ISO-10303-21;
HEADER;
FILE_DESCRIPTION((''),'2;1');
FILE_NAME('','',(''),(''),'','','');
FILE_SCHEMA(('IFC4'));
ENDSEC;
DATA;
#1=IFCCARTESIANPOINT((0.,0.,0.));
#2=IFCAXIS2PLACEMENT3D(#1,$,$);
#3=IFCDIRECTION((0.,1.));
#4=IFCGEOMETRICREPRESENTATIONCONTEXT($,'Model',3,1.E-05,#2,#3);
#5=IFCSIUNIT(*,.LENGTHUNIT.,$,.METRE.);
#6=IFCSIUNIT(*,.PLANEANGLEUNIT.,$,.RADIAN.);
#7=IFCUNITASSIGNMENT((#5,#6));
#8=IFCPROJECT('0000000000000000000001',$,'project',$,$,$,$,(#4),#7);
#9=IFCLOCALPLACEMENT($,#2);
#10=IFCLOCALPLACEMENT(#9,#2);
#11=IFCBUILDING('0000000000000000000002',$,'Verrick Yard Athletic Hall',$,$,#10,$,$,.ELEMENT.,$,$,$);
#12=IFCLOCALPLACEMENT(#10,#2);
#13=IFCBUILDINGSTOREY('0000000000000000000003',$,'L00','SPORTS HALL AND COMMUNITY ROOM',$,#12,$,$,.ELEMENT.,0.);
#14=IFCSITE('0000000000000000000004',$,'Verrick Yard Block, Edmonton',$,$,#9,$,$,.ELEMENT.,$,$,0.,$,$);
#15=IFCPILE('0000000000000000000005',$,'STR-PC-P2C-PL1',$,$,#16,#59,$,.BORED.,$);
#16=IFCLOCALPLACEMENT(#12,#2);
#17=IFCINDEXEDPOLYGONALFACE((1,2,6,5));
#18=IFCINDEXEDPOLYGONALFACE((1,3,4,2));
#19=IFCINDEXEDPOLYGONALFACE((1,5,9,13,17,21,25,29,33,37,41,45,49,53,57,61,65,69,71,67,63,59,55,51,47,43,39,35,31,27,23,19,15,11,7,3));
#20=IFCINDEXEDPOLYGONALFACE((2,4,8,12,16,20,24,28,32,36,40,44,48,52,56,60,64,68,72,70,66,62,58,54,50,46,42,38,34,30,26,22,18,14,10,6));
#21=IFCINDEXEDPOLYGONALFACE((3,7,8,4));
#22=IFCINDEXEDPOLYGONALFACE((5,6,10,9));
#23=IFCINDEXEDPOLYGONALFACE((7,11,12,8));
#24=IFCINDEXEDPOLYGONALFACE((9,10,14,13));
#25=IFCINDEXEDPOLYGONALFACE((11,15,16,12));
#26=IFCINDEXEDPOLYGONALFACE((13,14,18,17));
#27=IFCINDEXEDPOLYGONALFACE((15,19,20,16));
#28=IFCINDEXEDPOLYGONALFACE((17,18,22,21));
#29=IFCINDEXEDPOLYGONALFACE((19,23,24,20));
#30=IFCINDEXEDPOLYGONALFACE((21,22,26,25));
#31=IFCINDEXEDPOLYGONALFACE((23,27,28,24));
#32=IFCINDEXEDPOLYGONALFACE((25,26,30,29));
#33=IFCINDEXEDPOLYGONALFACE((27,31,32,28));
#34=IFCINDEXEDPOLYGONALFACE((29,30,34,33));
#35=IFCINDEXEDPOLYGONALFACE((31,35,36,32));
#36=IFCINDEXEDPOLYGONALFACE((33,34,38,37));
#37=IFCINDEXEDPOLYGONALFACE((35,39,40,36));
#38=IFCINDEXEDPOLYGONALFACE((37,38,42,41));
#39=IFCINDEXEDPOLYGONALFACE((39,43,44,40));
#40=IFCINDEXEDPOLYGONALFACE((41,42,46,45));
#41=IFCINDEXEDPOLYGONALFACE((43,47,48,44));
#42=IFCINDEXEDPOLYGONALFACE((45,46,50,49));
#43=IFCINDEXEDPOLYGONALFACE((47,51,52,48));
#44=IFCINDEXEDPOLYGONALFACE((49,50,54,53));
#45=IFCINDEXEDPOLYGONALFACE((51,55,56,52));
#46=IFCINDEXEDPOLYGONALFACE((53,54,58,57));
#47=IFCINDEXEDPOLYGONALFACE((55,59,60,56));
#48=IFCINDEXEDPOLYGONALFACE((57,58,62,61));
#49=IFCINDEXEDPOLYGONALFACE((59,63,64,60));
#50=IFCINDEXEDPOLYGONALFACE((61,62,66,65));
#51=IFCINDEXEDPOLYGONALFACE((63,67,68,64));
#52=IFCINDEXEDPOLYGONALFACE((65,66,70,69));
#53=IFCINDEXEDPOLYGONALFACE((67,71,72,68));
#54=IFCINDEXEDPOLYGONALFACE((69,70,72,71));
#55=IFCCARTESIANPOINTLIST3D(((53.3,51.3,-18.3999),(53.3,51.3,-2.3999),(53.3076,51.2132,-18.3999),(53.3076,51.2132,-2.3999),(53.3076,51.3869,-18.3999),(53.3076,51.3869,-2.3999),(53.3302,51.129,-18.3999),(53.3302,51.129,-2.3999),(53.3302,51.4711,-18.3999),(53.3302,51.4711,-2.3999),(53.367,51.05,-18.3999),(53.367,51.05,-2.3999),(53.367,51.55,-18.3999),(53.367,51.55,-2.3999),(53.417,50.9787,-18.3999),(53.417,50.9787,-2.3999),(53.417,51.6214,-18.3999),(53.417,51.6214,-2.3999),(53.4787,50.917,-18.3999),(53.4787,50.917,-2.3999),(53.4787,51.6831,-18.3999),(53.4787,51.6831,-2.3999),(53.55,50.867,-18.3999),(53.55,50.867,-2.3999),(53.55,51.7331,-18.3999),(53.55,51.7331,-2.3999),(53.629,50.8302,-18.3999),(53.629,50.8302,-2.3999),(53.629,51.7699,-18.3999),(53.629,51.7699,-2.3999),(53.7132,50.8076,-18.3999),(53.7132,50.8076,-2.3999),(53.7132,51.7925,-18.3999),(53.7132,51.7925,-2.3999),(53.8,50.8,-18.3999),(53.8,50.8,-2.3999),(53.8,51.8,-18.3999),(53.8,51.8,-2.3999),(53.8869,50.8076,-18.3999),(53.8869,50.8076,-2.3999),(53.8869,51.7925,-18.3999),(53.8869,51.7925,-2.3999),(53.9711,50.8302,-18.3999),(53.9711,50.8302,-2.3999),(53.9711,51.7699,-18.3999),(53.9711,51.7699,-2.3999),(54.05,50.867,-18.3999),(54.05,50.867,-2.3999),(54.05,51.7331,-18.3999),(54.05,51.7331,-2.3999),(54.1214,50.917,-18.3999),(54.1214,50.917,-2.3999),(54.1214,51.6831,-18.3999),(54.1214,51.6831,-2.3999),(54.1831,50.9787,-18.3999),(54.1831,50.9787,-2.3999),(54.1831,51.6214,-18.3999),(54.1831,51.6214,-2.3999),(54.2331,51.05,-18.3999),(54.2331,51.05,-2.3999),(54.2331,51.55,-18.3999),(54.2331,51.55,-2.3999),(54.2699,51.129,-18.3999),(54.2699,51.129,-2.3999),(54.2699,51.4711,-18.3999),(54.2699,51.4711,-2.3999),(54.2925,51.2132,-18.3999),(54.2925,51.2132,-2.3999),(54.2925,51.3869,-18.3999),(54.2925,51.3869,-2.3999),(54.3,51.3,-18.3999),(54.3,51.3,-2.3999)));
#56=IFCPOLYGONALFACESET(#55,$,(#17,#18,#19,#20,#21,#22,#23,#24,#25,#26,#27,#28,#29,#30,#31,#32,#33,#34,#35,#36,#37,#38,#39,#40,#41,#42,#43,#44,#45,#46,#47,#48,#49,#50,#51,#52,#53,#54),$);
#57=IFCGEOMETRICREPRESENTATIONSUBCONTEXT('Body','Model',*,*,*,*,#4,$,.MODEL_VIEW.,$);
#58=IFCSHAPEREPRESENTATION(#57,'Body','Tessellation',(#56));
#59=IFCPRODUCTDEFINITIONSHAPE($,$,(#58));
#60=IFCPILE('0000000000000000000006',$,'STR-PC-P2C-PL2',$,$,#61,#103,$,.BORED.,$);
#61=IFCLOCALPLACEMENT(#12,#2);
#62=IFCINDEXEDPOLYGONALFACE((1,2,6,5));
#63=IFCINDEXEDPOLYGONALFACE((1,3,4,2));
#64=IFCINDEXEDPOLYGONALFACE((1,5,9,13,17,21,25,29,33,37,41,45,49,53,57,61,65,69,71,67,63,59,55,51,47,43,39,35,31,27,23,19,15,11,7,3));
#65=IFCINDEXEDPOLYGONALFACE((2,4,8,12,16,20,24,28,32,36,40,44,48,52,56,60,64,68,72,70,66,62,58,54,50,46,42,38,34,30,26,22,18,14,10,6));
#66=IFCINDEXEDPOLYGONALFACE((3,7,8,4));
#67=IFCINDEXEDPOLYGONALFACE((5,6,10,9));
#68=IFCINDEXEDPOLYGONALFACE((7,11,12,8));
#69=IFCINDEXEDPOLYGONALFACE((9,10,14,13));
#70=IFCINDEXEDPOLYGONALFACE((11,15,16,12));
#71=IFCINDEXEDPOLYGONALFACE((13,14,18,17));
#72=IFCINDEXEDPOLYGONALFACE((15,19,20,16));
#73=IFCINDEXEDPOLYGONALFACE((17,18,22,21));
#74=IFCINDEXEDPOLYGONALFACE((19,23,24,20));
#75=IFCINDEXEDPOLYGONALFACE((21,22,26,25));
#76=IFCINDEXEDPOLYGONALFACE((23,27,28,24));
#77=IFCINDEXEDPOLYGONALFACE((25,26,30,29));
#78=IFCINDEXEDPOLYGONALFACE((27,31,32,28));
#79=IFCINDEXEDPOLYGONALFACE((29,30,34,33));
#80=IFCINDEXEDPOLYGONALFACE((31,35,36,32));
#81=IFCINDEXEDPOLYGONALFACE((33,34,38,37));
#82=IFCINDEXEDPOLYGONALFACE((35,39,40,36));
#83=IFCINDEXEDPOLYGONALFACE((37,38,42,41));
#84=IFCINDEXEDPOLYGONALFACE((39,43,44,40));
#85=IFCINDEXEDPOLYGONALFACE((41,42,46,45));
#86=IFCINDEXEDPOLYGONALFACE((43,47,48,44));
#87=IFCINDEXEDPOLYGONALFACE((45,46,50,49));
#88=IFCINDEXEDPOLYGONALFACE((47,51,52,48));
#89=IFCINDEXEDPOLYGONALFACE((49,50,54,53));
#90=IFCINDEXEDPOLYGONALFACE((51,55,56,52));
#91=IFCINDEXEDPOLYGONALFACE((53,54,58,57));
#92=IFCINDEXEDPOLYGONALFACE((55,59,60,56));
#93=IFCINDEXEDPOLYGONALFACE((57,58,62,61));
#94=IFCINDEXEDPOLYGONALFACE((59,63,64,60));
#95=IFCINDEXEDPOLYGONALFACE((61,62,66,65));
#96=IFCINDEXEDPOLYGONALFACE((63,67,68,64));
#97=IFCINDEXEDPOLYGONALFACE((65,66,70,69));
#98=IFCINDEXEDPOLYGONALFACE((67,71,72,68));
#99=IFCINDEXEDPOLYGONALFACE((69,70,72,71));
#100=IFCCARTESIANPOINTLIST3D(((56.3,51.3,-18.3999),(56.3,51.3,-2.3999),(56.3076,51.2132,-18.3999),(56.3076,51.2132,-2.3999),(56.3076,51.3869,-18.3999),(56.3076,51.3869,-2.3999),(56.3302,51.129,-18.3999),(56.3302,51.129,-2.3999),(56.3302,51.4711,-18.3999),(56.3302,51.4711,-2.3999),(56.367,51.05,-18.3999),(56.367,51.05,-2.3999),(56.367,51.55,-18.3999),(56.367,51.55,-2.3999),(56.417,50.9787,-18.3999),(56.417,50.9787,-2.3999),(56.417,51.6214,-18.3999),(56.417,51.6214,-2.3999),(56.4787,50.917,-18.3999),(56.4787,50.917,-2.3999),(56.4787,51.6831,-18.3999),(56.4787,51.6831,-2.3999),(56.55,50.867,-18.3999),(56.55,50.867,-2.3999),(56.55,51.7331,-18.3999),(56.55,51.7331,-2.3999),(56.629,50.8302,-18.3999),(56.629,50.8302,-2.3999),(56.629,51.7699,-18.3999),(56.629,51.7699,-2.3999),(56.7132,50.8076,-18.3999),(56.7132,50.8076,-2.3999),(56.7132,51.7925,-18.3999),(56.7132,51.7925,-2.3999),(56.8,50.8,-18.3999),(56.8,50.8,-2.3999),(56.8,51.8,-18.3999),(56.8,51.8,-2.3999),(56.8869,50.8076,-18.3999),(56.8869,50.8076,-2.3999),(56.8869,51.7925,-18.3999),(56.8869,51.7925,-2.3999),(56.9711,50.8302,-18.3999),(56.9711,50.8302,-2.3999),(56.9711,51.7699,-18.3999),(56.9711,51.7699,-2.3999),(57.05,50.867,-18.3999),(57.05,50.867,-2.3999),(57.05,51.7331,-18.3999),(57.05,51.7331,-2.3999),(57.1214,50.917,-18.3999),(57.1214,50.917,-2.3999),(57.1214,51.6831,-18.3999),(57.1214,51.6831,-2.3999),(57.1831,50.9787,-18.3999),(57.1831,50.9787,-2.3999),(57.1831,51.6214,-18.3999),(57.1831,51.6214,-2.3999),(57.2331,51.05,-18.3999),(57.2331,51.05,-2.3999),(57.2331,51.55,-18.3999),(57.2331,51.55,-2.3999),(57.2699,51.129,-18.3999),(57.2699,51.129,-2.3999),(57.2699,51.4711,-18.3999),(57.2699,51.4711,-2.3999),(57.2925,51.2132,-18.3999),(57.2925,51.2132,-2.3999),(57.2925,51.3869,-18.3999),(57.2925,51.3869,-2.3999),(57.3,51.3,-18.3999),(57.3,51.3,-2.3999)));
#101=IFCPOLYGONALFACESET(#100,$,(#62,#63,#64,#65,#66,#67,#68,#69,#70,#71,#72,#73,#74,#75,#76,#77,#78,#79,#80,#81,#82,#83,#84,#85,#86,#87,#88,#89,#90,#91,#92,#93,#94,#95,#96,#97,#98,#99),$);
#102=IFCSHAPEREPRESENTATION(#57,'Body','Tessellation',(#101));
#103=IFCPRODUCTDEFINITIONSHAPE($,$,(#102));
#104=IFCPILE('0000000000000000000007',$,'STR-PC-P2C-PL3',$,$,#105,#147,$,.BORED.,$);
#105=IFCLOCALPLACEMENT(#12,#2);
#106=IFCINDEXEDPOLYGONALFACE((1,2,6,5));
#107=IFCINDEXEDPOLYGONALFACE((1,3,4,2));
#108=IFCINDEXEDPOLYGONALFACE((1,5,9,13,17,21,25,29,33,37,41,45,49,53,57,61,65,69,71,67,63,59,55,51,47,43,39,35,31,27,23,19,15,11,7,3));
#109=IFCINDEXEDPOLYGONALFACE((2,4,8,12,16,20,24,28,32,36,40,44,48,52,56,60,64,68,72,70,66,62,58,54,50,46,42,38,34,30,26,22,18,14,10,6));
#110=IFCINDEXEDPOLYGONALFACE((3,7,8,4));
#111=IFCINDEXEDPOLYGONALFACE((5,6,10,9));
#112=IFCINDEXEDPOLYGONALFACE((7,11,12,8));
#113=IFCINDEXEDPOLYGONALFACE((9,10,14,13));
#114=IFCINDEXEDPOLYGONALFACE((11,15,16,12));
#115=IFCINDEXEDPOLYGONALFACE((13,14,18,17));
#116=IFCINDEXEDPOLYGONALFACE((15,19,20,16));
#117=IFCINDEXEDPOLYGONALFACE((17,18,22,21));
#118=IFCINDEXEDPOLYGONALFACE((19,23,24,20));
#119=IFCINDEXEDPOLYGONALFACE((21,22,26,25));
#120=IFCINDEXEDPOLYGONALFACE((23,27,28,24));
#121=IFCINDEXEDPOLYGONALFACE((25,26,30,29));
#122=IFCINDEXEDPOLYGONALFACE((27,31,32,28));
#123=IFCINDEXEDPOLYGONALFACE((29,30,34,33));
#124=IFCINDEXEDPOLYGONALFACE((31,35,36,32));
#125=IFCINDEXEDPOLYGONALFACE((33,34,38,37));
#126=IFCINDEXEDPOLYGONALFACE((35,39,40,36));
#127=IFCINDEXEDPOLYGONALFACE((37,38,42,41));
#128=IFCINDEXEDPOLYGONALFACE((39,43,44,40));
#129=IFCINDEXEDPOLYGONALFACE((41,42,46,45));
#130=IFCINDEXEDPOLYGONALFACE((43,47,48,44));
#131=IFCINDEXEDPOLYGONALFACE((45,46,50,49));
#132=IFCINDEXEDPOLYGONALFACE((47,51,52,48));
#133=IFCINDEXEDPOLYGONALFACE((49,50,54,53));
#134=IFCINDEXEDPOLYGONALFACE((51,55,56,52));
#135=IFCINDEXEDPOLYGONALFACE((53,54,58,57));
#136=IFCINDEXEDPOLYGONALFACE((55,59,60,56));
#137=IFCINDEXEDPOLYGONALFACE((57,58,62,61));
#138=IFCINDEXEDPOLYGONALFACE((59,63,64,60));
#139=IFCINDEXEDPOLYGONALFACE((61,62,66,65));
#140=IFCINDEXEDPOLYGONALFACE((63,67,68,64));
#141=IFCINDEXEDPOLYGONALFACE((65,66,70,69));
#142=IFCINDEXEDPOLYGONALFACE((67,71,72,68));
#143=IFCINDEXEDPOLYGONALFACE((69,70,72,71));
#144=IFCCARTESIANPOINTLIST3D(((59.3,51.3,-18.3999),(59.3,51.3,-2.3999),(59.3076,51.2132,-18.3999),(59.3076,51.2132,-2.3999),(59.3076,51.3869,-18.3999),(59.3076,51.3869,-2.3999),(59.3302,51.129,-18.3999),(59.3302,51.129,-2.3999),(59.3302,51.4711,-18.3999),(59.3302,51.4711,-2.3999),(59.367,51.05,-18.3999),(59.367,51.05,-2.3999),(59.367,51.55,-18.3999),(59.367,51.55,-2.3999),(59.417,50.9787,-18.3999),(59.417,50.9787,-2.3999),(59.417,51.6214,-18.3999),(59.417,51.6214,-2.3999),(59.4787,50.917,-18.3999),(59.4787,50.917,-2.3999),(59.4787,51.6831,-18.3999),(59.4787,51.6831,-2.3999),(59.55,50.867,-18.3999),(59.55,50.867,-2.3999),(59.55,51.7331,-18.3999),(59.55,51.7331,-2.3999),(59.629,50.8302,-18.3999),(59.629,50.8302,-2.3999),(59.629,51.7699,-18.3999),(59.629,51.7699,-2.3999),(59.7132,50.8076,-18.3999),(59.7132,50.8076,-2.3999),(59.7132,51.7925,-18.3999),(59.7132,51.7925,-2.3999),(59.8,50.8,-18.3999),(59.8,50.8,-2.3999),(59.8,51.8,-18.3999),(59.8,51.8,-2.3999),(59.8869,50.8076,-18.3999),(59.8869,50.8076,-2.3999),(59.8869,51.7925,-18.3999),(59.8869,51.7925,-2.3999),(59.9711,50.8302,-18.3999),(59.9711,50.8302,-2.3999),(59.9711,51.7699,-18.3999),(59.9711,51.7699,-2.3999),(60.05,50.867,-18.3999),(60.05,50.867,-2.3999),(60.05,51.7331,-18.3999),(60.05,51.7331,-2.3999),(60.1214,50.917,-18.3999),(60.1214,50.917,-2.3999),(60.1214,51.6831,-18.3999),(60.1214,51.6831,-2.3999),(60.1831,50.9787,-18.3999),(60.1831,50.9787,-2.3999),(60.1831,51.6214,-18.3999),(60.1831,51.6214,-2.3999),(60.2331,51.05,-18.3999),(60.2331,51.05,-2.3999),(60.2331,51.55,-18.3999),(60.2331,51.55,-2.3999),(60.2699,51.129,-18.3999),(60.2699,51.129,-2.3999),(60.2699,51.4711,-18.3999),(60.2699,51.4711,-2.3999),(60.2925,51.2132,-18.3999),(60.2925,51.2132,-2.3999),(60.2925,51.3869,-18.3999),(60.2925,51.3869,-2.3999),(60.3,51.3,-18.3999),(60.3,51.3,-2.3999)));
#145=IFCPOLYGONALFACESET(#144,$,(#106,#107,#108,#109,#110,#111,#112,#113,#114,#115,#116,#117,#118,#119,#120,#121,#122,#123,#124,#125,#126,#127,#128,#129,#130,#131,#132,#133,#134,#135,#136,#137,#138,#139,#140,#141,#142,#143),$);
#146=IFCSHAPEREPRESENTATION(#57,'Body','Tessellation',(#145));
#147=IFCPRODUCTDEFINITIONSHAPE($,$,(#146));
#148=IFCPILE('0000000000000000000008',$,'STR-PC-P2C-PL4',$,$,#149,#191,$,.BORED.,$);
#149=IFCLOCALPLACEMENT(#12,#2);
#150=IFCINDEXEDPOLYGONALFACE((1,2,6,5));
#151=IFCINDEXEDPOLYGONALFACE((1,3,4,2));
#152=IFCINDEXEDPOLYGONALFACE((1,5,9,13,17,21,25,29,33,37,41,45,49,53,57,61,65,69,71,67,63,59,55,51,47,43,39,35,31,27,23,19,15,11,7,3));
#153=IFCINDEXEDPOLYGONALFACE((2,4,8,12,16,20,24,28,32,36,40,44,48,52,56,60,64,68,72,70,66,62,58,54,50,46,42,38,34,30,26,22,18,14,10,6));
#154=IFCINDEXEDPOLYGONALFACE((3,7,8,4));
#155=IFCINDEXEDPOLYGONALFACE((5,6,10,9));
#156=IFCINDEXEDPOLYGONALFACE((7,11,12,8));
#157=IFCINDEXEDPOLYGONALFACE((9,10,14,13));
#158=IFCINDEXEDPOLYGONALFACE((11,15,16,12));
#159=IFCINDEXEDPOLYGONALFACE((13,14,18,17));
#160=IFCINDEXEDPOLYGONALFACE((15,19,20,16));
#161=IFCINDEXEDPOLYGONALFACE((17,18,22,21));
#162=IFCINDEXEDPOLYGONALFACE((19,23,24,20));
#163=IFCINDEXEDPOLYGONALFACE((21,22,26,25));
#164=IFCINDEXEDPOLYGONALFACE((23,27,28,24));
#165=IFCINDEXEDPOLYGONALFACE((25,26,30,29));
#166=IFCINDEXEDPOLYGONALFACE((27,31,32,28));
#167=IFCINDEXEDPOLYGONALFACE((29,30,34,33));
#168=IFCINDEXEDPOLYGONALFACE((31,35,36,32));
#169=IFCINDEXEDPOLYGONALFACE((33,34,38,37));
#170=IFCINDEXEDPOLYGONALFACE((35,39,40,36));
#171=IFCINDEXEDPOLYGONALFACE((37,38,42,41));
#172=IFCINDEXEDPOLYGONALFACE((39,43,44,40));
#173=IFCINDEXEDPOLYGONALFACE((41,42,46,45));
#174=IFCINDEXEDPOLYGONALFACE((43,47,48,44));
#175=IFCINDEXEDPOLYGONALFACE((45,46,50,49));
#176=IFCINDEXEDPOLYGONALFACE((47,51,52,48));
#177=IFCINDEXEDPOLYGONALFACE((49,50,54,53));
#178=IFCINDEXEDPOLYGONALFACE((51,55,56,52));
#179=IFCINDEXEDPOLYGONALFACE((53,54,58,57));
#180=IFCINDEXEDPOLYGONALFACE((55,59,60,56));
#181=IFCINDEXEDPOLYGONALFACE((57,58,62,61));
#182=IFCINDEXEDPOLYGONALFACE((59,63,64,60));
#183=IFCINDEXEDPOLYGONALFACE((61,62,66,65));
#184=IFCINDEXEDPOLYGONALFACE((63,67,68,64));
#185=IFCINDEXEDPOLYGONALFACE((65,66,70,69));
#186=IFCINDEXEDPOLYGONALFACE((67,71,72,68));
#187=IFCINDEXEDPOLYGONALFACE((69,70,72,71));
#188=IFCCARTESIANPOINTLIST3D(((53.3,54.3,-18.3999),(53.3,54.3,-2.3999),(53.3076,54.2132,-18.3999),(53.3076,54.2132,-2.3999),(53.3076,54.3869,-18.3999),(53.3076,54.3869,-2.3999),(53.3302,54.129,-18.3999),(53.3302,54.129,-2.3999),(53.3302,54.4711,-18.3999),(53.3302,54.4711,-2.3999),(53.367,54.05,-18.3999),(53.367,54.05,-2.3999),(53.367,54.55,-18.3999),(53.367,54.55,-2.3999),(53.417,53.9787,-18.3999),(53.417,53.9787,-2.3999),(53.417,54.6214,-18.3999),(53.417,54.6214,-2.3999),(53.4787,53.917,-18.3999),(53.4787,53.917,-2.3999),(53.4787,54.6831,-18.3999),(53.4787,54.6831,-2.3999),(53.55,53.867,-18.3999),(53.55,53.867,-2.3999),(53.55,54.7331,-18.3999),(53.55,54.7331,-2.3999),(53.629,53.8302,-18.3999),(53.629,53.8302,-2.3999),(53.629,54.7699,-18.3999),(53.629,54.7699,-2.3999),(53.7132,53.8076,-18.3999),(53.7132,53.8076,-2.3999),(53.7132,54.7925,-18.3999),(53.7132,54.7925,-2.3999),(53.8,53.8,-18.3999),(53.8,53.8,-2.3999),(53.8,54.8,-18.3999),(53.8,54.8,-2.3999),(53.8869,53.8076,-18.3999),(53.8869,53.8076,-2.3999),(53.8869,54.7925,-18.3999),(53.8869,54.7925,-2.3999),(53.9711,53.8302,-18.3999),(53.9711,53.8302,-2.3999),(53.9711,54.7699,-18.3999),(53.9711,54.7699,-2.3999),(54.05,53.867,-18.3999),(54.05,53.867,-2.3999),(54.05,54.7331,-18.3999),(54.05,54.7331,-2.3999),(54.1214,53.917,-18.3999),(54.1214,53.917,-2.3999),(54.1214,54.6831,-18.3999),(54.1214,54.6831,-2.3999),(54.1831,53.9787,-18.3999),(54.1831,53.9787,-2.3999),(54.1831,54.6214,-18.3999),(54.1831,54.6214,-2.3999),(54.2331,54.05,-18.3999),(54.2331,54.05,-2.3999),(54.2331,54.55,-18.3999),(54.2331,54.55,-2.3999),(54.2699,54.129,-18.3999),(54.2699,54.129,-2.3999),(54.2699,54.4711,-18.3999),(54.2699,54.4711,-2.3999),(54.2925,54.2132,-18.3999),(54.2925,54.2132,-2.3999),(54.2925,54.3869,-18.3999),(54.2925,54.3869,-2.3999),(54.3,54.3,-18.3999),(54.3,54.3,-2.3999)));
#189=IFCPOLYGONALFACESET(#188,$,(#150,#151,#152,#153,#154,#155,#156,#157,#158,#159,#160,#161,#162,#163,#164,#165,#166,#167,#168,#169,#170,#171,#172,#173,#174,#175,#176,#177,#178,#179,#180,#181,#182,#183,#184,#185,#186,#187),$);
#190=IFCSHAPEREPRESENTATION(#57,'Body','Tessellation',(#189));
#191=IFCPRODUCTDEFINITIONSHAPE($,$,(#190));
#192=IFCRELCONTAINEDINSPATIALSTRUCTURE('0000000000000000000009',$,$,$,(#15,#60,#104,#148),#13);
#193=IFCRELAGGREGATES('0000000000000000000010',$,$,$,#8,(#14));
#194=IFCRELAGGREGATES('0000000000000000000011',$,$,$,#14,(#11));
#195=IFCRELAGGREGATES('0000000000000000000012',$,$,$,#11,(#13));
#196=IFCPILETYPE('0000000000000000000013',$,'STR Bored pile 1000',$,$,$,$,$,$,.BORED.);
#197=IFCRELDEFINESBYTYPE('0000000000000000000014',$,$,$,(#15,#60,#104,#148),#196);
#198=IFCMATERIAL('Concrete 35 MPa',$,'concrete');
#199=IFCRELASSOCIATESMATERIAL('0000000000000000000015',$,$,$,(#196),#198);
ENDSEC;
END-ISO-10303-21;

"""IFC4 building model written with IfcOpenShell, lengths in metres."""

from ifc_helpers import new_model, si_unit, direction, frame, origin, origin_2d, place, context, subcontext, project, spatial, circle, extrude, material, type_object, element, save


model = new_model("IFC4")

# Units and contexts
model_context = context("Model", 3, precision=1e-05, world=origin(), true_north=direction((0.0, 1.0)))
body_context = subcontext(model_context, "Body", "Model", "MODEL_VIEW")
ifc_project = project(units=[si_unit("LENGTHUNIT", "METRE"), si_unit("PLANEANGLEUNIT", "RADIAN")], contexts=[model_context])

# Site, building, storey
site_placement = place(None, origin())
site = spatial("IfcSite", under=ifc_project, at=site_placement, Name="Verrick Yard Block, Edmonton", CompositionType="ELEMENT", RefElevation=0.0)
building_placement = place(site_placement, origin())
building = spatial("IfcBuilding", under=site, at=building_placement, Name="Verrick Yard Athletic Hall", CompositionType="ELEMENT")
storey_placement = place(building_placement, origin())
storey = spatial("IfcBuildingStorey", under=building, at=storey_placement, Name="L00", Description="SPORTS HALL AND COMMUNITY ROOM", CompositionType="ELEMENT", Elevation=0.0)

# Piles
ifc_material_1 = material(Name="Concrete 35 MPa", Category="concrete")
pile_type = type_object("IfcPileType", Name="STR Bored pile 1000", PredefinedType="BORED", material=ifc_material_1)
for number, where, z_axis, x_axis, name in (
    (1, (53.8, 51.3, -2.3999), (0.0, 0.0, -1.0), (1.0, 0.0, 0.0), "STR-PC-P2C-PL1"),
    (2, (56.8, 51.3, -2.3999), (0.0, 0.0, -1.0), (1.0, 0.0, 0.0), "STR-PC-P2C-PL2"),
    (3, (59.8, 51.3, -2.3999), (0.0, 0.0, -1.0), (1.0, 0.0, 0.0), "STR-PC-P2C-PL3"),
    (4, (53.8, 54.3, -2.3999), (0.0, 0.0, -1.0), (1.0, 0.0, 0.0), "STR-PC-P2C-PL4"),
):
    element("IfcPile", number, at=place(storey_placement, frame(where, z_axis=z_axis, x_axis=x_axis)), inside=storey, type_object=pile_type, Name=name, PredefinedType="BORED", context=body_context, shape_type="SweptSolid", body=[
        extrude(circle(Radius=0.5, at=origin_2d()), origin(), (0.0, 0.0, 1.0), 16.0),
    ])

save(model, "model.ifc")
